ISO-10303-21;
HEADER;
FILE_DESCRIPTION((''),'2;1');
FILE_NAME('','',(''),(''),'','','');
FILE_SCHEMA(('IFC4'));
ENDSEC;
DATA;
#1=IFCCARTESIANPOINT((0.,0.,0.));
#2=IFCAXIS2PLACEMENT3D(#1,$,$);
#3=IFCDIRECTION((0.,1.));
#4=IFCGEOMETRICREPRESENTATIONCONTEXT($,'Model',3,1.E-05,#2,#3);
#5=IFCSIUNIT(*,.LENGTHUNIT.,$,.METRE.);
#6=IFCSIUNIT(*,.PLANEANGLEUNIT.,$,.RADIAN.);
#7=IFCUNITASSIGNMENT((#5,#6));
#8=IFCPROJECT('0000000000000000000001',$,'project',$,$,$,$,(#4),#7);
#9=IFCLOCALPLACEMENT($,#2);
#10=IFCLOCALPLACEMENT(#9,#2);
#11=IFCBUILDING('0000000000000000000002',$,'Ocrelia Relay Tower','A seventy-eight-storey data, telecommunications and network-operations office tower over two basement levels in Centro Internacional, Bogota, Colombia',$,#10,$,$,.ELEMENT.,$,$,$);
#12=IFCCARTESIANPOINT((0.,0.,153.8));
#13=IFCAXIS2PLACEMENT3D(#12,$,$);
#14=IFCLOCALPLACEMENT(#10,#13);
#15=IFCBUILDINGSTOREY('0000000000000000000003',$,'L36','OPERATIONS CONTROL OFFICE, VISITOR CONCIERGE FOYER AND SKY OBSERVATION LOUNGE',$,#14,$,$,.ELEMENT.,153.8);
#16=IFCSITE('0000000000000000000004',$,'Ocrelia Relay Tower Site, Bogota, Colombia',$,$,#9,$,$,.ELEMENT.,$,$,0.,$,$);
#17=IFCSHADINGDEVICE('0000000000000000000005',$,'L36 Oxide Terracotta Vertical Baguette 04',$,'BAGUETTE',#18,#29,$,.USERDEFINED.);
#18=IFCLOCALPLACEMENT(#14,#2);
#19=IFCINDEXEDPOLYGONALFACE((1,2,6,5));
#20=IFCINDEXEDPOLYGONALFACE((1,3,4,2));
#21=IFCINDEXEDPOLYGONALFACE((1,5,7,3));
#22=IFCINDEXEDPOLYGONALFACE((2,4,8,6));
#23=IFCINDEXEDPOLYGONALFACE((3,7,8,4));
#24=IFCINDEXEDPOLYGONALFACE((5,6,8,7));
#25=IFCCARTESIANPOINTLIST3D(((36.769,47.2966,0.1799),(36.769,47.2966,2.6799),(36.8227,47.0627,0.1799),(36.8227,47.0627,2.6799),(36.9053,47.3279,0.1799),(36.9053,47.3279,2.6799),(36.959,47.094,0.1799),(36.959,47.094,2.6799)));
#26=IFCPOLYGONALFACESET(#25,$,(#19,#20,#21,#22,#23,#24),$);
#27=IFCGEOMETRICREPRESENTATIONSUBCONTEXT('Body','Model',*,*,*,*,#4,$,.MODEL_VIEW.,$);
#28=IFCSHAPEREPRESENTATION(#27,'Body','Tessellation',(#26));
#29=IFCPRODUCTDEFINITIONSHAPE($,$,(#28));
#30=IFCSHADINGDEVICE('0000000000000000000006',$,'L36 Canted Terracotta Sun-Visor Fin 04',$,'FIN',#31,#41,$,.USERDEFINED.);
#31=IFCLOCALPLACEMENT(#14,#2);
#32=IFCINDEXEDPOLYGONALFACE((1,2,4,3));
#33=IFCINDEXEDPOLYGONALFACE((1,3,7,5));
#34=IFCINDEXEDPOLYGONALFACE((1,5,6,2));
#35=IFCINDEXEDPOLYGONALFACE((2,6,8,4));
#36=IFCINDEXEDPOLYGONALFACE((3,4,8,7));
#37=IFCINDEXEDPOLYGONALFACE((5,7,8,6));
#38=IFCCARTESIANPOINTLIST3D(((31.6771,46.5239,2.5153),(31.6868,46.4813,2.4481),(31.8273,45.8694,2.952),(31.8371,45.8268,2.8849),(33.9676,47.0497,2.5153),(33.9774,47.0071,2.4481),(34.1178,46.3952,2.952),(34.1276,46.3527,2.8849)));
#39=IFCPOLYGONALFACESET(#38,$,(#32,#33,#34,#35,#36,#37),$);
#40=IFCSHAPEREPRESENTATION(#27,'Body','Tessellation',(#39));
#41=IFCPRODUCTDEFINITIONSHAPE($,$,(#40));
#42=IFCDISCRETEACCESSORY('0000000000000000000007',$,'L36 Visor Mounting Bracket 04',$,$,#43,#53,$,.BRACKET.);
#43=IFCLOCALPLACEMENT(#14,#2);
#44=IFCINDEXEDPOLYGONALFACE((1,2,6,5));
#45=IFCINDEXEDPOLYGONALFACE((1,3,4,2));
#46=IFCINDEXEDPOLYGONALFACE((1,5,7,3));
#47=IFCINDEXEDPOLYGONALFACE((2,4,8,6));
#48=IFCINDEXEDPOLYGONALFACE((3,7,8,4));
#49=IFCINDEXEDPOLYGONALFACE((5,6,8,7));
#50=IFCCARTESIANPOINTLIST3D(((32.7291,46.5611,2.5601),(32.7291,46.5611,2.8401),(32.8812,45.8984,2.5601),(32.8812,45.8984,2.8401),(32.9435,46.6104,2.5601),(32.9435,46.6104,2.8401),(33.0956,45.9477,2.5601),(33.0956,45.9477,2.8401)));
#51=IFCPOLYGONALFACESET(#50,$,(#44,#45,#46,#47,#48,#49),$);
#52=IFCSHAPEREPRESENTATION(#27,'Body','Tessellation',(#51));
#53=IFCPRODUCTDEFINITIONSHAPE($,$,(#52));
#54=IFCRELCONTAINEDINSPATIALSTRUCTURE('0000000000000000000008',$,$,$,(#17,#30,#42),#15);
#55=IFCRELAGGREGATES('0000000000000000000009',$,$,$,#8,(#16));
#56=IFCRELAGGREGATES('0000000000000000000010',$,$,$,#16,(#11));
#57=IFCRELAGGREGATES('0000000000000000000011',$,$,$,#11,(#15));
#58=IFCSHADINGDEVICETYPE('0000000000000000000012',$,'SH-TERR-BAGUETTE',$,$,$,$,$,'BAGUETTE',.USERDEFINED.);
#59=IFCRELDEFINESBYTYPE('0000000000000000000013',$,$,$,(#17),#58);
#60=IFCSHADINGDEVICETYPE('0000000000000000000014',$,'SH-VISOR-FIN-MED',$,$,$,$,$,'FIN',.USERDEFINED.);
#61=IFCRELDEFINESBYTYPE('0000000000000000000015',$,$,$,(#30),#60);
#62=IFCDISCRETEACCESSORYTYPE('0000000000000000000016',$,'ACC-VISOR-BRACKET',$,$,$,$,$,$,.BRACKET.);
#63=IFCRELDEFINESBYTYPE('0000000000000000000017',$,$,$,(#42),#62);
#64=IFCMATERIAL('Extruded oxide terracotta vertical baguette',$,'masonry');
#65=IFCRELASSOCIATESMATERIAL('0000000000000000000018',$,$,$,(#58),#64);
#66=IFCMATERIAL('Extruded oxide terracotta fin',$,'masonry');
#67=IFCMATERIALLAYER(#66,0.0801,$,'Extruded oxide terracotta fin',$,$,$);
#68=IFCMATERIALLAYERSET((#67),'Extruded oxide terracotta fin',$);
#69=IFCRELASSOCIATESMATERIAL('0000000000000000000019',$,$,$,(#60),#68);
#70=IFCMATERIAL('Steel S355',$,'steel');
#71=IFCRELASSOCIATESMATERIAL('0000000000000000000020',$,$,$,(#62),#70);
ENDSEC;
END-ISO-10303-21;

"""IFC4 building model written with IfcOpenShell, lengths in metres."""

from ifc_helpers import new_model, si_unit, direction, frame, origin, origin_2d, place, context, subcontext, project, spatial, rectangle, extrude, material, layer, layer_set, type_object, element, save


model = new_model("IFC4")

# Units and contexts
model_context = context("Model", 3, precision=1e-05, world=origin(), true_north=direction((0.0, 1.0)))
body_context = subcontext(model_context, "Body", "Model", "MODEL_VIEW")
ifc_project = project(units=[si_unit("LENGTHUNIT", "METRE"), si_unit("PLANEANGLEUNIT", "RADIAN")], contexts=[model_context])

# Site, building, storey
site_placement = place(None, origin())
site = spatial("IfcSite", under=ifc_project, at=site_placement, Name="Ocrelia Relay Tower Site, Bogota, Colombia", CompositionType="ELEMENT", RefElevation=0.0)
building_placement = place(site_placement, origin())
building = spatial("IfcBuilding", under=site, at=building_placement, Name="Ocrelia Relay Tower", Description="A seventy-eight-storey data, telecommunications and network-operations office tower over two basement levels in Centro Internacional, Bogota, Colombia", CompositionType="ELEMENT")
storey_placement = place(building_placement, frame((0.0, 0.0, 153.8)))
storey = spatial("IfcBuildingStorey", under=building, at=storey_placement, Name="L36", Description="OPERATIONS CONTROL OFFICE, VISITOR CONCIERGE FOYER AND SKY OBSERVATION LOUNGE", CompositionType="ELEMENT", Elevation=153.8)

# Shared definitions
ifc_material_1 = material(Name="Steel S355", Category="steel")

# Shading devices
ifc_material_2 = material(Name="Extruded oxide terracotta vertical baguette", Category="masonry")
shading_device_type_1 = type_object("IfcShadingDeviceType", Name="SH-TERR-BAGUETTE", ElementType="BAGUETTE", PredefinedType="USERDEFINED", material=ifc_material_2)
shading_device_1_placement = place(storey_placement, frame((36.864, 47.1953, 0.1799), z_axis=(0.0, 0.0, 1.0), x_axis=(-0.974648, -0.223744, 0.0)))
element("IfcShadingDevice", 1, at=shading_device_1_placement, inside=storey, type_object=shading_device_type_1, Name="L36 Oxide Terracotta Vertical Baguette 04", ObjectType="BAGUETTE", PredefinedType="USERDEFINED", context=body_context, shape_type="SweptSolid", body=[
    extrude(rectangle(XDim=0.1399, YDim=0.24, at=origin_2d()), origin(), (0.0, 0.0, 1.0), 2.5),
])
ifc_material_3 = material(Name="Extruded oxide terracotta fin", Category="masonry")
ifc_layer_1 = layer(ifc_material_3, 0.0801, Name="Extruded oxide terracotta fin")
ifc_layer_set_1 = layer_set([ifc_layer_1], Name="Extruded oxide terracotta fin")
shading_device_type_2 = type_object("IfcShadingDeviceType", Name="SH-VISOR-FIN-MED", ElementType="FIN", PredefinedType="USERDEFINED", material=ifc_layer_set_1)
shading_device_2_placement = place(storey_placement, frame((32.9072, 46.417, 2.6665), z_axis=(-0.12199, 0.531402, 0.83829), x_axis=(-0.974648, -0.223744, 0.0)))
element("IfcShadingDevice", 2, at=shading_device_2_placement, inside=storey, type_object=shading_device_type_2, Name="L36 Canted Terracotta Sun-Visor Fin 04", ObjectType="FIN", PredefinedType="USERDEFINED", context=body_context, shape_type="SweptSolid", body=[
    extrude(rectangle(XDim=2.3501, YDim=0.801, at=origin_2d()), origin(), (0.0, 0.0, 1.0), 0.0801),
])

# Discrete accessory
discrete_accessory_type = type_object("IfcDiscreteAccessoryType", Name="ACC-VISOR-BRACKET", PredefinedType="BRACKET", material=ifc_material_1)
discrete_accessory_placement = place(storey_placement, frame((32.9124, 46.2544, 2.5601), z_axis=(0.0, 0.0, 1.0), x_axis=(-0.974648, -0.223744, 0.0)))
element("IfcDiscreteAccessory", 3, at=discrete_accessory_placement, inside=storey, type_object=discrete_accessory_type, Name="L36 Visor Mounting Bracket 04", PredefinedType="BRACKET", context=body_context, shape_type="SweptSolid", body=[
    extrude(rectangle(XDim=0.22, YDim=0.6799, at=origin_2d()), origin(), (0.0, 0.0, 1.0), 0.28),
])

save(model, "model.ifc")
